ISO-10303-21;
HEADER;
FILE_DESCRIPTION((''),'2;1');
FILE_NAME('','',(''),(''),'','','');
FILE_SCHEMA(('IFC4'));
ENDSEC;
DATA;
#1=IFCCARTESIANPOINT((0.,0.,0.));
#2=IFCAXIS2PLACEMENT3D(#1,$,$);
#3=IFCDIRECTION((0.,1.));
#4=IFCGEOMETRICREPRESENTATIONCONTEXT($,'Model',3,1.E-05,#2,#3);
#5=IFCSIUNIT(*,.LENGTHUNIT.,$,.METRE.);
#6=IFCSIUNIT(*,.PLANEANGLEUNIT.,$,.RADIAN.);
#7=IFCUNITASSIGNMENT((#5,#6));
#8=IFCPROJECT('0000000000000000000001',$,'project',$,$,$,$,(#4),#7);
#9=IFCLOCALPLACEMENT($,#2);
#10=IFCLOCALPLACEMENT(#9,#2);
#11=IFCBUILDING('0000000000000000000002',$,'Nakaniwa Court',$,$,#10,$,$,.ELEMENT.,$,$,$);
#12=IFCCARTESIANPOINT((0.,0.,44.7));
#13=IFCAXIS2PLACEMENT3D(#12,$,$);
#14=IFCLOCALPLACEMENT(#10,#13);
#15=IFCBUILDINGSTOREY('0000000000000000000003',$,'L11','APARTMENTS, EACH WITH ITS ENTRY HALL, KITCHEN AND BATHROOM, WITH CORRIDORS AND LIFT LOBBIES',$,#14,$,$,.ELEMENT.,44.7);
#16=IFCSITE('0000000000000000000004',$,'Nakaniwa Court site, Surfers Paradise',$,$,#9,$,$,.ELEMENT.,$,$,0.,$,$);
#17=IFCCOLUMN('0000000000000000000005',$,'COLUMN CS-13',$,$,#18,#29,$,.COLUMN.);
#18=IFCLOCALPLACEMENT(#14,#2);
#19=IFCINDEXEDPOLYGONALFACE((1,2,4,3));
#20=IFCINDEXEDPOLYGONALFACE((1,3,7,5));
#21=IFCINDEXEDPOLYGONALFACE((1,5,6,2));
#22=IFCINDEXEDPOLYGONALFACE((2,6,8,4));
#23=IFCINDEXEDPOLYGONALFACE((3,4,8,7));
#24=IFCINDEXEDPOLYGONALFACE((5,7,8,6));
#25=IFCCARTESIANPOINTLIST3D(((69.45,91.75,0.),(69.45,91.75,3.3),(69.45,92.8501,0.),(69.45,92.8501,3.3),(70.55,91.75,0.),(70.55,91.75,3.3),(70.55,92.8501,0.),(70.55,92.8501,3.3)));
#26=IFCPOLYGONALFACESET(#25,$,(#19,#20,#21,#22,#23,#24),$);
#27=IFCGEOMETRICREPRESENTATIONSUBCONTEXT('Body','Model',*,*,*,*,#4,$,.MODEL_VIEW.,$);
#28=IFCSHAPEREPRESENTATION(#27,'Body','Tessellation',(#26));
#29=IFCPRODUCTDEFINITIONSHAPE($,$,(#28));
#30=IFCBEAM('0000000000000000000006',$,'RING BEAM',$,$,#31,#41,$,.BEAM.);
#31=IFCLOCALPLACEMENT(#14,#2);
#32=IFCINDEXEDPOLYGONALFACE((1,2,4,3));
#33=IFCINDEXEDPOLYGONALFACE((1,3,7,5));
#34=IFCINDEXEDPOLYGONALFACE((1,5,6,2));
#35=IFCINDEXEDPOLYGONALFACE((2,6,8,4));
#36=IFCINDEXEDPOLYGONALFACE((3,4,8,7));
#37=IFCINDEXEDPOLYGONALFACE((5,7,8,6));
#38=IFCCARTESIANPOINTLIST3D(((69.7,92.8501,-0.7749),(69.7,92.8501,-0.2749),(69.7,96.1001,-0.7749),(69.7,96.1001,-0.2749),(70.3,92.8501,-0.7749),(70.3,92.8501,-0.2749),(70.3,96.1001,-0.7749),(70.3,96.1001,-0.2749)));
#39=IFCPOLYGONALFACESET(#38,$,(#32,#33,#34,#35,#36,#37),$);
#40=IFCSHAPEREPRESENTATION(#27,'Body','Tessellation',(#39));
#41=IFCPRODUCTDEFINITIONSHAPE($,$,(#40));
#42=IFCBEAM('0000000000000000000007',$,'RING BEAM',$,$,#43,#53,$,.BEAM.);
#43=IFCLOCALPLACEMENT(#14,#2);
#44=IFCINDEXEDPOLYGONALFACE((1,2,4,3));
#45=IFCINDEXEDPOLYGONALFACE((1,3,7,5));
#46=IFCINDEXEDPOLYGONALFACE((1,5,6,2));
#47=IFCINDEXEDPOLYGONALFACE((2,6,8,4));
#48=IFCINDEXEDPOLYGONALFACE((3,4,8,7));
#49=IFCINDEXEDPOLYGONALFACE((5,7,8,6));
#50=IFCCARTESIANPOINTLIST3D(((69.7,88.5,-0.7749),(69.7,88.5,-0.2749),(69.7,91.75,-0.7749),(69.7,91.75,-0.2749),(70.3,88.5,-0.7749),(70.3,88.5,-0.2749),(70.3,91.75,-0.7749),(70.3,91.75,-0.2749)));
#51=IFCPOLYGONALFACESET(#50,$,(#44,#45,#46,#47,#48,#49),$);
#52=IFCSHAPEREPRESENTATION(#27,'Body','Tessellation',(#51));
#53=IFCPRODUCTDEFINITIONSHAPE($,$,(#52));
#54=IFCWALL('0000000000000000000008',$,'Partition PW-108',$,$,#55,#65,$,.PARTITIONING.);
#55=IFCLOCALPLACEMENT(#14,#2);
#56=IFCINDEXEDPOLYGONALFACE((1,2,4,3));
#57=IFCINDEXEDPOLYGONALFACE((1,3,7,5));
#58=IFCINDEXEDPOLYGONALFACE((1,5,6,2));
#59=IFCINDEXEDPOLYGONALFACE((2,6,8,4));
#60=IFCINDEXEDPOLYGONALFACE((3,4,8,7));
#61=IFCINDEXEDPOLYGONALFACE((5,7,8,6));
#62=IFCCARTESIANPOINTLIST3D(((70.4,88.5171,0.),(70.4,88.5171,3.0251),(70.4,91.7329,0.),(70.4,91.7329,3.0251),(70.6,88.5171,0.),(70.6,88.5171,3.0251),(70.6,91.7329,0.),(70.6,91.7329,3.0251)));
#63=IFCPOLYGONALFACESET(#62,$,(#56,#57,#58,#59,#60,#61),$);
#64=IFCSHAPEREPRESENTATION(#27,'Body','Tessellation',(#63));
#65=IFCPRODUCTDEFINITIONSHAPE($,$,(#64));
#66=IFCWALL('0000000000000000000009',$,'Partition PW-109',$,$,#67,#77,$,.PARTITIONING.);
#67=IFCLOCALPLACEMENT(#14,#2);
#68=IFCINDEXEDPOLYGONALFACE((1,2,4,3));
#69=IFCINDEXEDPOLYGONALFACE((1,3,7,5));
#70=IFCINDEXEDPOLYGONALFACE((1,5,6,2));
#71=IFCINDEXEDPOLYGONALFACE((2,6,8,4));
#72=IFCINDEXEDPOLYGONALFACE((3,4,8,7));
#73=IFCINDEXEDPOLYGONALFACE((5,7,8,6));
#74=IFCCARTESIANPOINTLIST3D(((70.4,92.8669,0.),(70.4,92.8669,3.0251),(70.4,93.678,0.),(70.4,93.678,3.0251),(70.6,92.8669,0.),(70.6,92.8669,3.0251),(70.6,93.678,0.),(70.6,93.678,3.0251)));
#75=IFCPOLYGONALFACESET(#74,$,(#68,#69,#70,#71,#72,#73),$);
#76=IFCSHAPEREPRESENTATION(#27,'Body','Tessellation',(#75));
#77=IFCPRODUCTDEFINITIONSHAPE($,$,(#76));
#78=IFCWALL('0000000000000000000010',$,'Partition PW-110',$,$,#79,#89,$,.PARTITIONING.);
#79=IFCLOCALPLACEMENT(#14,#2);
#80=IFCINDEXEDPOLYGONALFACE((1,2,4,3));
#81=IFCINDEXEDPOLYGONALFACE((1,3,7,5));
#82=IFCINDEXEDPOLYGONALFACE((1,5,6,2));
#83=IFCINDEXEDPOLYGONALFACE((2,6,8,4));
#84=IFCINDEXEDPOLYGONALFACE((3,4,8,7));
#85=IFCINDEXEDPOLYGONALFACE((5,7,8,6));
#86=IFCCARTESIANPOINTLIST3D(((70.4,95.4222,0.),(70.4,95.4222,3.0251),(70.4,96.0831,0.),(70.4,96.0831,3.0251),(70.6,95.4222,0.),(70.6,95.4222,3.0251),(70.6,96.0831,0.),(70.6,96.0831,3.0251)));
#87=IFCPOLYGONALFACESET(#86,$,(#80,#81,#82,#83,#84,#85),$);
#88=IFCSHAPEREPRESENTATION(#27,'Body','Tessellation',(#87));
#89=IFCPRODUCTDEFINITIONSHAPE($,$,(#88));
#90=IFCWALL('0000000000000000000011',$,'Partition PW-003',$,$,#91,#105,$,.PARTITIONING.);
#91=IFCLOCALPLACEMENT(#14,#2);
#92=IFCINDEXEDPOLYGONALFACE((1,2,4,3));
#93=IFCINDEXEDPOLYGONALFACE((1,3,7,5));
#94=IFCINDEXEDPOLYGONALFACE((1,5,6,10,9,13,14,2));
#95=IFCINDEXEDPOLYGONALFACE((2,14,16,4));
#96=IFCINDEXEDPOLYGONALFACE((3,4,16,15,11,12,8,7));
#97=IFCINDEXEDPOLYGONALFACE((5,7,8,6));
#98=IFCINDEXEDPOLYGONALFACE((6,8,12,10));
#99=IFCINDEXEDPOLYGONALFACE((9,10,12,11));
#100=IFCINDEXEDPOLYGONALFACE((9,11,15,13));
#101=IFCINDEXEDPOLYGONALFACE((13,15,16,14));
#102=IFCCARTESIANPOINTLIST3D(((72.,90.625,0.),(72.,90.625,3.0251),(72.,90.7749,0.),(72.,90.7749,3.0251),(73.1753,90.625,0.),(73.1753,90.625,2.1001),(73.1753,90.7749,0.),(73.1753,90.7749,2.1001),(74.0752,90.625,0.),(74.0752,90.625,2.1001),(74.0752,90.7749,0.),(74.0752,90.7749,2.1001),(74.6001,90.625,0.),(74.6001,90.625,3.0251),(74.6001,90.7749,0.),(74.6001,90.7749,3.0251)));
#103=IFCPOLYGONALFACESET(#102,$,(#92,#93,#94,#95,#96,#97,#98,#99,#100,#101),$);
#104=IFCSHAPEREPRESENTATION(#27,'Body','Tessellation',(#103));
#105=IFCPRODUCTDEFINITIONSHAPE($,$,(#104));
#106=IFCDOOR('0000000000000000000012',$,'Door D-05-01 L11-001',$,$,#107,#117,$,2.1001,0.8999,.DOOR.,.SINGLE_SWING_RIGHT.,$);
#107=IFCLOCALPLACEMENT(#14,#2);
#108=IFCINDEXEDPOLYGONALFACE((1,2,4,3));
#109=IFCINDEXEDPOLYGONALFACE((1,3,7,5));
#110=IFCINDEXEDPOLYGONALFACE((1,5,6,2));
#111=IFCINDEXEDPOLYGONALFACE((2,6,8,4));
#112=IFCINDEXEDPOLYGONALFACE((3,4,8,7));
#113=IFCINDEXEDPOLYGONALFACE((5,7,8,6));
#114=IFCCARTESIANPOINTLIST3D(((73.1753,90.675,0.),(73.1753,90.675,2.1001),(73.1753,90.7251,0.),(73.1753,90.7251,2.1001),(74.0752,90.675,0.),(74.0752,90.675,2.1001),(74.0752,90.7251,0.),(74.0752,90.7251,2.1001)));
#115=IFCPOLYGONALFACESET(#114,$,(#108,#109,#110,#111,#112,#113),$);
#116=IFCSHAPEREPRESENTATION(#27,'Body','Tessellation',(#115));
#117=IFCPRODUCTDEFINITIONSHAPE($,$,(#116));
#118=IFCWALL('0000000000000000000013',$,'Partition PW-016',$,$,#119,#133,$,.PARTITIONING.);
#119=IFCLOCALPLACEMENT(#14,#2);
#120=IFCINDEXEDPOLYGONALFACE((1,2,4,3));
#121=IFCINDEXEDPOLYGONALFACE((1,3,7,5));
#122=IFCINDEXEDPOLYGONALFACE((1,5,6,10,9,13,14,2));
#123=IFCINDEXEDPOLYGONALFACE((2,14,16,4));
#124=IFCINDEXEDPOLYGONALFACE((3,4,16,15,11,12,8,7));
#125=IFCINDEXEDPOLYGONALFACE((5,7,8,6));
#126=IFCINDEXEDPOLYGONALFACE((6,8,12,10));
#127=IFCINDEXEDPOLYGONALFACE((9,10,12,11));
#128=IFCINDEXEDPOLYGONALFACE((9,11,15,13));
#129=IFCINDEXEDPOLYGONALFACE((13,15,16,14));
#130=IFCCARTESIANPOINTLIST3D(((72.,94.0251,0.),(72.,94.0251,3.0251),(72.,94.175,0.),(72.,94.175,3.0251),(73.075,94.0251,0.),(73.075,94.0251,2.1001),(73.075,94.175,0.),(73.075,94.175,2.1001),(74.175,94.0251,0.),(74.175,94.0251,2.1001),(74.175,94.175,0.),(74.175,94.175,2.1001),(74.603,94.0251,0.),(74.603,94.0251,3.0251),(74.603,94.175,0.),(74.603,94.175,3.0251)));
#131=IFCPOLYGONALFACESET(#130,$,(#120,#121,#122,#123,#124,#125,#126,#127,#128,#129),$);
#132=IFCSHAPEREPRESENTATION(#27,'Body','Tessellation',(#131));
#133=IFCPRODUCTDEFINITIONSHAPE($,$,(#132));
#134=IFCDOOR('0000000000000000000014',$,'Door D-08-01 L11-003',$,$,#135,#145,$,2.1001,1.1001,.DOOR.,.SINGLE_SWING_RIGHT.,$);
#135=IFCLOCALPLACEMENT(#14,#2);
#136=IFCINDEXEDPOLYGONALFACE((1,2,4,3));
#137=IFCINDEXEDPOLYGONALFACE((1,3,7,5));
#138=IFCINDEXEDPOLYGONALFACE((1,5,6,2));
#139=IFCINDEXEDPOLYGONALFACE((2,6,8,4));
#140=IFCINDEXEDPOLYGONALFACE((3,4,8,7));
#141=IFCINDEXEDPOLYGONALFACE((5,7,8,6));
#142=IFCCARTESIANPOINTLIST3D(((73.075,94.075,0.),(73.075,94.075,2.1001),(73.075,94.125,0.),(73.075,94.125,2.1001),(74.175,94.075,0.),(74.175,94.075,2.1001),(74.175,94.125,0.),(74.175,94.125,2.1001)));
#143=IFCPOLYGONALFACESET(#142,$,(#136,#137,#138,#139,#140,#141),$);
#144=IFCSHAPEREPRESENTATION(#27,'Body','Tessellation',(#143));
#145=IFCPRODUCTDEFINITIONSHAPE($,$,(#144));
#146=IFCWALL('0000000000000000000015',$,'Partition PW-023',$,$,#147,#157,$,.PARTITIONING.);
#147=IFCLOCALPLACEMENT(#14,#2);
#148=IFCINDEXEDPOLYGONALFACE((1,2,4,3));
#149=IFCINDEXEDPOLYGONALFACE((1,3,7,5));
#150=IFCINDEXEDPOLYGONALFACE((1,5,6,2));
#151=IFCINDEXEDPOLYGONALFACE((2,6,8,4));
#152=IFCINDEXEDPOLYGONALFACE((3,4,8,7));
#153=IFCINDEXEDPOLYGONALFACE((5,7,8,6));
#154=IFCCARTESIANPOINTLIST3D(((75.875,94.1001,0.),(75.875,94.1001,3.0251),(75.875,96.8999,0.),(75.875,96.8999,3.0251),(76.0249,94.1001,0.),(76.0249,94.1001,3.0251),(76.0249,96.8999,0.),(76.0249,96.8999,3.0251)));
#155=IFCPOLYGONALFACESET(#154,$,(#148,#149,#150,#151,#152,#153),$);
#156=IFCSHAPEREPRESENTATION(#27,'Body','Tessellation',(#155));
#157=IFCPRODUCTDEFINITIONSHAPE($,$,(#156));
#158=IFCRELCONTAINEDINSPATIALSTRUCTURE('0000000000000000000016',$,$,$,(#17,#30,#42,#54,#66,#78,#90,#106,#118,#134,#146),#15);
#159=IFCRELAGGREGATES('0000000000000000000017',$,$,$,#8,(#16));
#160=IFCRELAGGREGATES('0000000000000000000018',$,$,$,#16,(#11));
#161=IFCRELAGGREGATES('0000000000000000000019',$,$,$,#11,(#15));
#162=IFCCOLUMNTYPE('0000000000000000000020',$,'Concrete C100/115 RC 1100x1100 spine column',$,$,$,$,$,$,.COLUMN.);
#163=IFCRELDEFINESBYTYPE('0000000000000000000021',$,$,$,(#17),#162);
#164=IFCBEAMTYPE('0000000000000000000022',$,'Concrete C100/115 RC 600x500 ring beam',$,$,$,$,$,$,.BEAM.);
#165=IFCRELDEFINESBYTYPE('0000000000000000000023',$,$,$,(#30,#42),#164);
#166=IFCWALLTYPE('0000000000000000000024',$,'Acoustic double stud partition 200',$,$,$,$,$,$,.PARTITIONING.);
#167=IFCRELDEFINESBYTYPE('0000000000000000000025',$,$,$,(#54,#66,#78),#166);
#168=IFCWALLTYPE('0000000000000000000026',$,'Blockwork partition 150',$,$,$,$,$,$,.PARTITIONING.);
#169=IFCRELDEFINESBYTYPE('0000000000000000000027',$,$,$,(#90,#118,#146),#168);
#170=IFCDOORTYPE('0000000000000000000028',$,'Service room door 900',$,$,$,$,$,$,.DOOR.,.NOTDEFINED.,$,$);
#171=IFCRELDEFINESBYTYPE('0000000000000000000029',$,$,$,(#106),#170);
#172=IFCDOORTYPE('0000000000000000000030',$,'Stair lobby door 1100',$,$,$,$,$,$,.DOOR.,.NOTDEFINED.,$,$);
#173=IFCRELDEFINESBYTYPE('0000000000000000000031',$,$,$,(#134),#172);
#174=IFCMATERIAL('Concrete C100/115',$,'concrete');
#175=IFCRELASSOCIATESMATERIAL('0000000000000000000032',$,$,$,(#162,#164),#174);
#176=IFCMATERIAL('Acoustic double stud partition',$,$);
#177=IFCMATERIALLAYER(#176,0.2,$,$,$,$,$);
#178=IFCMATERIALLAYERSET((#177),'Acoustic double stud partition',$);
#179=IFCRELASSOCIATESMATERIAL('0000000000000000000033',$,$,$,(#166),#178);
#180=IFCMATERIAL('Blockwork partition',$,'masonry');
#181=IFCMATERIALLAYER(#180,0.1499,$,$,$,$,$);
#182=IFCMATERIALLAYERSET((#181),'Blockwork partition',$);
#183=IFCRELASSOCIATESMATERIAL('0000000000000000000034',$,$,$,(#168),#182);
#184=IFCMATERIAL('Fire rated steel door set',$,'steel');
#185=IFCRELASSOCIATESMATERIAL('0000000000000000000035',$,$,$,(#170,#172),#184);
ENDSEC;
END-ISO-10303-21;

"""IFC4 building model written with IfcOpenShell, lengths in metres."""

from ifc_helpers import new_model, si_unit, direction, frame, frame_2d, origin, origin_2d, place, context, subcontext, project, spatial, rectangle, extrude, material, layer, layer_set, material_profile, profile_set, type_object, element, fill, save


model = new_model("IFC4")

# Units and contexts
model_context = context("Model", 3, precision=1e-05, world=origin(), true_north=direction((0.0, 1.0)))
body_context = subcontext(model_context, "Body", "Model", "MODEL_VIEW")
ifc_project = project(units=[si_unit("LENGTHUNIT", "METRE"), si_unit("PLANEANGLEUNIT", "RADIAN")], contexts=[model_context])

# Site, building, storey
site_placement = place(None, origin())
site = spatial("IfcSite", under=ifc_project, at=site_placement, Name="Nakaniwa Court site, Surfers Paradise", CompositionType="ELEMENT", RefElevation=0.0)
building_placement = place(site_placement, origin())
building = spatial("IfcBuilding", under=site, at=building_placement, Name="Nakaniwa Court", CompositionType="ELEMENT")
storey_placement = place(building_placement, frame((0.0, 0.0, 44.7)))
storey = spatial("IfcBuildingStorey", under=building, at=storey_placement, Name="L11", Description="APARTMENTS, EACH WITH ITS ENTRY HALL, KITCHEN AND BATHROOM, WITH CORRIDORS AND LIFT LOBBIES", CompositionType="ELEMENT", Elevation=44.7)

# Column
ifc_material_1 = material(Name="Concrete C100/115", Category="concrete")
ifc_material_profile_1 = material_profile(ifc_material_1, rectangle(XDim=1.1001, YDim=1.1001, at=origin_2d()), Name="Concrete C100/115 RC 1100x1100 spine column")
ifc_profile_set_1 = profile_set([ifc_material_profile_1], Name="Concrete C100/115")
column_type = type_object("IfcColumnType", Name="Concrete C100/115 RC 1100x1100 spine column", PredefinedType="COLUMN", material=ifc_profile_set_1)
column_placement = place(storey_placement, frame((70.0, 92.3, 0.0), z_axis=(0.0, 0.0, 1.0), x_axis=(0.0, -1.0, 0.0)))
element("IfcColumn", 1, at=column_placement, inside=storey, type_object=column_type, Name="COLUMN CS-13", PredefinedType="COLUMN", context=body_context, shape_type="SweptSolid", body=[
    extrude(rectangle(XDim=1.1001, YDim=1.1001, at=origin_2d()), origin(), (0.0, 0.0, 1.0), 3.3),
])

# Beams
ifc_material_profile_2 = material_profile(ifc_material_1, rectangle(XDim=0.6001, YDim=0.5, at=origin_2d()), Name="Concrete C100/115 RC 600x500 ring beam")
ifc_profile_set_2 = profile_set([ifc_material_profile_2], Name="Concrete C100/115")
beam_type = type_object("IfcBeamType", Name="Concrete C100/115 RC 600x500 ring beam", PredefinedType="BEAM", material=ifc_profile_set_2)
for number, where, z_axis, x_axis, name in (
    (2, (70.0, 96.1001, -0.5249), (0.0, -1.0, 0.0), (1.0, 0.0, 0.0), "RING BEAM"),
    (3, (70.0, 91.75, -0.5249), (0.0, -1.0, 0.0), (1.0, 0.0, 0.0), "RING BEAM"),
):
    element("IfcBeam", number, at=place(storey_placement, frame(where, z_axis=z_axis, x_axis=x_axis)), inside=storey, type_object=beam_type, Name=name, PredefinedType="BEAM", context=body_context, shape_type="SweptSolid", body=[
        extrude(rectangle(XDim=0.6001, YDim=0.5, at=origin_2d()), origin(), (0.0, 0.0, 1.0), 3.25),
    ])

# Walls
ifc_material_2 = material(Name="Acoustic double stud partition")
ifc_layer_1 = layer(ifc_material_2, 0.2)
ifc_layer_set_1 = layer_set([ifc_layer_1], Name="Acoustic double stud partition")
wall_type_1 = type_object("IfcWallType", Name="Acoustic double stud partition 200", PredefinedType="PARTITIONING", material=ifc_layer_set_1)
wall_1_placement = place(storey_placement, frame((70.5, 88.5171, 0.0), z_axis=(0.0, 0.0, 1.0), x_axis=(0.0, 1.0, 0.0)))
element("IfcWall", 4, at=wall_1_placement, inside=storey, type_object=wall_type_1, Name="Partition PW-108", PredefinedType="PARTITIONING", context=body_context, shape_type="SweptSolid", body=[
    extrude(rectangle(XDim=3.2158, YDim=0.2, at=frame_2d((1.6079, 0.0))), origin(), (0.0, 0.0, 1.0), 3.0251),
])
wall_2_placement = place(storey_placement, frame((70.5, 92.8669, 0.0), z_axis=(0.0, 0.0, 1.0), x_axis=(0.0, 1.0, 0.0)))
element("IfcWall", 5, at=wall_2_placement, inside=storey, type_object=wall_type_1, Name="Partition PW-109", PredefinedType="PARTITIONING", context=body_context, shape_type="SweptSolid", body=[
    extrude(rectangle(XDim=0.811, YDim=0.2, at=frame_2d((0.4055, 0.0))), origin(), (0.0, 0.0, 1.0), 3.0251),
])
wall_3_placement = place(storey_placement, frame((70.5, 95.4221, 0.0), z_axis=(0.0, 0.0, 1.0), x_axis=(0.0, 1.0, 0.0)))
element("IfcWall", 6, at=wall_3_placement, inside=storey, type_object=wall_type_1, Name="Partition PW-110", PredefinedType="PARTITIONING", context=body_context, shape_type="SweptSolid", body=[
    extrude(rectangle(XDim=0.6609, YDim=0.2, at=frame_2d((0.3306, 0.0))), origin(), (0.0, 0.0, 1.0), 3.0251),
])

# Walls, openings, doors
ifc_material_3 = material(Name="Blockwork partition", Category="masonry")
ifc_layer_2 = layer(ifc_material_3, 0.1499)
ifc_layer_set_2 = layer_set([ifc_layer_2], Name="Blockwork partition")
wall_type_2 = type_object("IfcWallType", Name="Blockwork partition 150", PredefinedType="PARTITIONING", material=ifc_layer_set_2)
wall_4_placement = place(storey_placement, frame((74.6001, 90.7, 0.0), z_axis=(0.0, 0.0, 1.0), x_axis=(-1.0, 0.0, 0.0)))
wall_4 = element("IfcWall", 7, at=wall_4_placement, inside=storey, type_object=wall_type_2, Name="Partition PW-003", PredefinedType="PARTITIONING", context=body_context, shape_type="SweptSolid", body=[
    extrude(rectangle(XDim=2.6001, YDim=0.1499, at=frame_2d((1.3, 0.0))), origin(), (0.0, 0.0, 1.0), 3.0251),
])
opening_1_placement = place(wall_4_placement, frame((0.5249, 0.0, 0.0)))
opening_1 = element("IfcOpeningElement", 8, at=opening_1_placement, cuts=wall_4, PredefinedType="OPENING", context=body_context, shape_type="SweptSolid", body=[
    extrude(rectangle(XDim=0.8999, YDim=2.1001, at=frame_2d((0.45, 1.05))), frame((0.0, 0.085, 0.0), z_axis=(0.0, -1.0, 0.0), x_axis=(1.0, 0.0, 0.0)), (0.0, 0.0, 1.0), 0.1699),
])
ifc_material_4 = material(Name="Fire rated steel door set", Category="steel")
door_type_1 = type_object("IfcDoorType", Name="Service room door 900", OperationType="NOTDEFINED", PredefinedType="DOOR", material=ifc_material_4)
door_1_placement = place(opening_1_placement, origin())
door_1 = element("IfcDoor", 9, at=door_1_placement, inside=storey, type_object=door_type_1, Name="Door D-05-01 L11-001", OperationType="SINGLE_SWING_RIGHT", OverallHeight=2.1001, OverallWidth=0.8999, PredefinedType="DOOR", context=body_context, shape_type="SweptSolid", body=[
    extrude(rectangle(XDim=0.8999, YDim=2.1001, at=frame_2d((0.45, 1.05))), frame((0.0, 0.0249, 0.0), z_axis=(0.0, -1.0, 0.0), x_axis=(1.0, 0.0, 0.0)), (0.0, 0.0, 1.0), 0.05),
])
fill(opening_1, door_1)
wall_5_placement = place(storey_placement, frame((72.0, 94.1001, 0.0), z_axis=(0.0, 0.0, 1.0), x_axis=(1.0, 0.0, 0.0)))
wall_5 = element("IfcWall", 10, at=wall_5_placement, inside=storey, type_object=wall_type_2, Name="Partition PW-016", PredefinedType="PARTITIONING", context=body_context, shape_type="SweptSolid", body=[
    extrude(rectangle(XDim=2.603, YDim=0.1499, at=frame_2d((1.3015, 0.0))), origin(), (0.0, 0.0, 1.0), 3.0251),
])
opening_2_placement = place(wall_5_placement, frame((1.075, 0.0, 0.0)))
opening_2 = element("IfcOpeningElement", 11, at=opening_2_placement, cuts=wall_5, PredefinedType="OPENING", context=body_context, shape_type="SweptSolid", body=[
    extrude(rectangle(XDim=1.1001, YDim=2.1001, at=frame_2d((0.55, 1.05))), frame((0.0, 0.085, 0.0), z_axis=(0.0, -1.0, 0.0), x_axis=(1.0, 0.0, 0.0)), (0.0, 0.0, 1.0), 0.1699),
])
door_type_2 = type_object("IfcDoorType", Name="Stair lobby door 1100", OperationType="NOTDEFINED", PredefinedType="DOOR", material=ifc_material_4)
door_2_placement = place(opening_2_placement, origin())
door_2 = element("IfcDoor", 12, at=door_2_placement, inside=storey, type_object=door_type_2, Name="Door D-08-01 L11-003", OperationType="SINGLE_SWING_RIGHT", OverallHeight=2.1001, OverallWidth=1.1001, PredefinedType="DOOR", context=body_context, shape_type="SweptSolid", body=[
    extrude(rectangle(XDim=1.1001, YDim=2.1001, at=frame_2d((0.55, 1.05))), frame((0.0, 0.0249, 0.0), z_axis=(0.0, -1.0, 0.0), x_axis=(1.0, 0.0, 0.0)), (0.0, 0.0, 1.0), 0.05),
])
fill(opening_2, door_2)

# Wall
wall_6_placement = place(storey_placement, frame((75.95, 94.1001, 0.0), z_axis=(0.0, 0.0, 1.0), x_axis=(0.0, 1.0, 0.0)))
element("IfcWall", 13, at=wall_6_placement, inside=storey, type_object=wall_type_2, Name="Partition PW-023", PredefinedType="PARTITIONING", context=body_context, shape_type="SweptSolid", body=[
    extrude(rectangle(XDim=2.7998, YDim=0.1499, at=frame_2d((1.3999, 0.0))), origin(), (0.0, 0.0, 1.0), 3.0251),
])

save(model, "model.ifc")
